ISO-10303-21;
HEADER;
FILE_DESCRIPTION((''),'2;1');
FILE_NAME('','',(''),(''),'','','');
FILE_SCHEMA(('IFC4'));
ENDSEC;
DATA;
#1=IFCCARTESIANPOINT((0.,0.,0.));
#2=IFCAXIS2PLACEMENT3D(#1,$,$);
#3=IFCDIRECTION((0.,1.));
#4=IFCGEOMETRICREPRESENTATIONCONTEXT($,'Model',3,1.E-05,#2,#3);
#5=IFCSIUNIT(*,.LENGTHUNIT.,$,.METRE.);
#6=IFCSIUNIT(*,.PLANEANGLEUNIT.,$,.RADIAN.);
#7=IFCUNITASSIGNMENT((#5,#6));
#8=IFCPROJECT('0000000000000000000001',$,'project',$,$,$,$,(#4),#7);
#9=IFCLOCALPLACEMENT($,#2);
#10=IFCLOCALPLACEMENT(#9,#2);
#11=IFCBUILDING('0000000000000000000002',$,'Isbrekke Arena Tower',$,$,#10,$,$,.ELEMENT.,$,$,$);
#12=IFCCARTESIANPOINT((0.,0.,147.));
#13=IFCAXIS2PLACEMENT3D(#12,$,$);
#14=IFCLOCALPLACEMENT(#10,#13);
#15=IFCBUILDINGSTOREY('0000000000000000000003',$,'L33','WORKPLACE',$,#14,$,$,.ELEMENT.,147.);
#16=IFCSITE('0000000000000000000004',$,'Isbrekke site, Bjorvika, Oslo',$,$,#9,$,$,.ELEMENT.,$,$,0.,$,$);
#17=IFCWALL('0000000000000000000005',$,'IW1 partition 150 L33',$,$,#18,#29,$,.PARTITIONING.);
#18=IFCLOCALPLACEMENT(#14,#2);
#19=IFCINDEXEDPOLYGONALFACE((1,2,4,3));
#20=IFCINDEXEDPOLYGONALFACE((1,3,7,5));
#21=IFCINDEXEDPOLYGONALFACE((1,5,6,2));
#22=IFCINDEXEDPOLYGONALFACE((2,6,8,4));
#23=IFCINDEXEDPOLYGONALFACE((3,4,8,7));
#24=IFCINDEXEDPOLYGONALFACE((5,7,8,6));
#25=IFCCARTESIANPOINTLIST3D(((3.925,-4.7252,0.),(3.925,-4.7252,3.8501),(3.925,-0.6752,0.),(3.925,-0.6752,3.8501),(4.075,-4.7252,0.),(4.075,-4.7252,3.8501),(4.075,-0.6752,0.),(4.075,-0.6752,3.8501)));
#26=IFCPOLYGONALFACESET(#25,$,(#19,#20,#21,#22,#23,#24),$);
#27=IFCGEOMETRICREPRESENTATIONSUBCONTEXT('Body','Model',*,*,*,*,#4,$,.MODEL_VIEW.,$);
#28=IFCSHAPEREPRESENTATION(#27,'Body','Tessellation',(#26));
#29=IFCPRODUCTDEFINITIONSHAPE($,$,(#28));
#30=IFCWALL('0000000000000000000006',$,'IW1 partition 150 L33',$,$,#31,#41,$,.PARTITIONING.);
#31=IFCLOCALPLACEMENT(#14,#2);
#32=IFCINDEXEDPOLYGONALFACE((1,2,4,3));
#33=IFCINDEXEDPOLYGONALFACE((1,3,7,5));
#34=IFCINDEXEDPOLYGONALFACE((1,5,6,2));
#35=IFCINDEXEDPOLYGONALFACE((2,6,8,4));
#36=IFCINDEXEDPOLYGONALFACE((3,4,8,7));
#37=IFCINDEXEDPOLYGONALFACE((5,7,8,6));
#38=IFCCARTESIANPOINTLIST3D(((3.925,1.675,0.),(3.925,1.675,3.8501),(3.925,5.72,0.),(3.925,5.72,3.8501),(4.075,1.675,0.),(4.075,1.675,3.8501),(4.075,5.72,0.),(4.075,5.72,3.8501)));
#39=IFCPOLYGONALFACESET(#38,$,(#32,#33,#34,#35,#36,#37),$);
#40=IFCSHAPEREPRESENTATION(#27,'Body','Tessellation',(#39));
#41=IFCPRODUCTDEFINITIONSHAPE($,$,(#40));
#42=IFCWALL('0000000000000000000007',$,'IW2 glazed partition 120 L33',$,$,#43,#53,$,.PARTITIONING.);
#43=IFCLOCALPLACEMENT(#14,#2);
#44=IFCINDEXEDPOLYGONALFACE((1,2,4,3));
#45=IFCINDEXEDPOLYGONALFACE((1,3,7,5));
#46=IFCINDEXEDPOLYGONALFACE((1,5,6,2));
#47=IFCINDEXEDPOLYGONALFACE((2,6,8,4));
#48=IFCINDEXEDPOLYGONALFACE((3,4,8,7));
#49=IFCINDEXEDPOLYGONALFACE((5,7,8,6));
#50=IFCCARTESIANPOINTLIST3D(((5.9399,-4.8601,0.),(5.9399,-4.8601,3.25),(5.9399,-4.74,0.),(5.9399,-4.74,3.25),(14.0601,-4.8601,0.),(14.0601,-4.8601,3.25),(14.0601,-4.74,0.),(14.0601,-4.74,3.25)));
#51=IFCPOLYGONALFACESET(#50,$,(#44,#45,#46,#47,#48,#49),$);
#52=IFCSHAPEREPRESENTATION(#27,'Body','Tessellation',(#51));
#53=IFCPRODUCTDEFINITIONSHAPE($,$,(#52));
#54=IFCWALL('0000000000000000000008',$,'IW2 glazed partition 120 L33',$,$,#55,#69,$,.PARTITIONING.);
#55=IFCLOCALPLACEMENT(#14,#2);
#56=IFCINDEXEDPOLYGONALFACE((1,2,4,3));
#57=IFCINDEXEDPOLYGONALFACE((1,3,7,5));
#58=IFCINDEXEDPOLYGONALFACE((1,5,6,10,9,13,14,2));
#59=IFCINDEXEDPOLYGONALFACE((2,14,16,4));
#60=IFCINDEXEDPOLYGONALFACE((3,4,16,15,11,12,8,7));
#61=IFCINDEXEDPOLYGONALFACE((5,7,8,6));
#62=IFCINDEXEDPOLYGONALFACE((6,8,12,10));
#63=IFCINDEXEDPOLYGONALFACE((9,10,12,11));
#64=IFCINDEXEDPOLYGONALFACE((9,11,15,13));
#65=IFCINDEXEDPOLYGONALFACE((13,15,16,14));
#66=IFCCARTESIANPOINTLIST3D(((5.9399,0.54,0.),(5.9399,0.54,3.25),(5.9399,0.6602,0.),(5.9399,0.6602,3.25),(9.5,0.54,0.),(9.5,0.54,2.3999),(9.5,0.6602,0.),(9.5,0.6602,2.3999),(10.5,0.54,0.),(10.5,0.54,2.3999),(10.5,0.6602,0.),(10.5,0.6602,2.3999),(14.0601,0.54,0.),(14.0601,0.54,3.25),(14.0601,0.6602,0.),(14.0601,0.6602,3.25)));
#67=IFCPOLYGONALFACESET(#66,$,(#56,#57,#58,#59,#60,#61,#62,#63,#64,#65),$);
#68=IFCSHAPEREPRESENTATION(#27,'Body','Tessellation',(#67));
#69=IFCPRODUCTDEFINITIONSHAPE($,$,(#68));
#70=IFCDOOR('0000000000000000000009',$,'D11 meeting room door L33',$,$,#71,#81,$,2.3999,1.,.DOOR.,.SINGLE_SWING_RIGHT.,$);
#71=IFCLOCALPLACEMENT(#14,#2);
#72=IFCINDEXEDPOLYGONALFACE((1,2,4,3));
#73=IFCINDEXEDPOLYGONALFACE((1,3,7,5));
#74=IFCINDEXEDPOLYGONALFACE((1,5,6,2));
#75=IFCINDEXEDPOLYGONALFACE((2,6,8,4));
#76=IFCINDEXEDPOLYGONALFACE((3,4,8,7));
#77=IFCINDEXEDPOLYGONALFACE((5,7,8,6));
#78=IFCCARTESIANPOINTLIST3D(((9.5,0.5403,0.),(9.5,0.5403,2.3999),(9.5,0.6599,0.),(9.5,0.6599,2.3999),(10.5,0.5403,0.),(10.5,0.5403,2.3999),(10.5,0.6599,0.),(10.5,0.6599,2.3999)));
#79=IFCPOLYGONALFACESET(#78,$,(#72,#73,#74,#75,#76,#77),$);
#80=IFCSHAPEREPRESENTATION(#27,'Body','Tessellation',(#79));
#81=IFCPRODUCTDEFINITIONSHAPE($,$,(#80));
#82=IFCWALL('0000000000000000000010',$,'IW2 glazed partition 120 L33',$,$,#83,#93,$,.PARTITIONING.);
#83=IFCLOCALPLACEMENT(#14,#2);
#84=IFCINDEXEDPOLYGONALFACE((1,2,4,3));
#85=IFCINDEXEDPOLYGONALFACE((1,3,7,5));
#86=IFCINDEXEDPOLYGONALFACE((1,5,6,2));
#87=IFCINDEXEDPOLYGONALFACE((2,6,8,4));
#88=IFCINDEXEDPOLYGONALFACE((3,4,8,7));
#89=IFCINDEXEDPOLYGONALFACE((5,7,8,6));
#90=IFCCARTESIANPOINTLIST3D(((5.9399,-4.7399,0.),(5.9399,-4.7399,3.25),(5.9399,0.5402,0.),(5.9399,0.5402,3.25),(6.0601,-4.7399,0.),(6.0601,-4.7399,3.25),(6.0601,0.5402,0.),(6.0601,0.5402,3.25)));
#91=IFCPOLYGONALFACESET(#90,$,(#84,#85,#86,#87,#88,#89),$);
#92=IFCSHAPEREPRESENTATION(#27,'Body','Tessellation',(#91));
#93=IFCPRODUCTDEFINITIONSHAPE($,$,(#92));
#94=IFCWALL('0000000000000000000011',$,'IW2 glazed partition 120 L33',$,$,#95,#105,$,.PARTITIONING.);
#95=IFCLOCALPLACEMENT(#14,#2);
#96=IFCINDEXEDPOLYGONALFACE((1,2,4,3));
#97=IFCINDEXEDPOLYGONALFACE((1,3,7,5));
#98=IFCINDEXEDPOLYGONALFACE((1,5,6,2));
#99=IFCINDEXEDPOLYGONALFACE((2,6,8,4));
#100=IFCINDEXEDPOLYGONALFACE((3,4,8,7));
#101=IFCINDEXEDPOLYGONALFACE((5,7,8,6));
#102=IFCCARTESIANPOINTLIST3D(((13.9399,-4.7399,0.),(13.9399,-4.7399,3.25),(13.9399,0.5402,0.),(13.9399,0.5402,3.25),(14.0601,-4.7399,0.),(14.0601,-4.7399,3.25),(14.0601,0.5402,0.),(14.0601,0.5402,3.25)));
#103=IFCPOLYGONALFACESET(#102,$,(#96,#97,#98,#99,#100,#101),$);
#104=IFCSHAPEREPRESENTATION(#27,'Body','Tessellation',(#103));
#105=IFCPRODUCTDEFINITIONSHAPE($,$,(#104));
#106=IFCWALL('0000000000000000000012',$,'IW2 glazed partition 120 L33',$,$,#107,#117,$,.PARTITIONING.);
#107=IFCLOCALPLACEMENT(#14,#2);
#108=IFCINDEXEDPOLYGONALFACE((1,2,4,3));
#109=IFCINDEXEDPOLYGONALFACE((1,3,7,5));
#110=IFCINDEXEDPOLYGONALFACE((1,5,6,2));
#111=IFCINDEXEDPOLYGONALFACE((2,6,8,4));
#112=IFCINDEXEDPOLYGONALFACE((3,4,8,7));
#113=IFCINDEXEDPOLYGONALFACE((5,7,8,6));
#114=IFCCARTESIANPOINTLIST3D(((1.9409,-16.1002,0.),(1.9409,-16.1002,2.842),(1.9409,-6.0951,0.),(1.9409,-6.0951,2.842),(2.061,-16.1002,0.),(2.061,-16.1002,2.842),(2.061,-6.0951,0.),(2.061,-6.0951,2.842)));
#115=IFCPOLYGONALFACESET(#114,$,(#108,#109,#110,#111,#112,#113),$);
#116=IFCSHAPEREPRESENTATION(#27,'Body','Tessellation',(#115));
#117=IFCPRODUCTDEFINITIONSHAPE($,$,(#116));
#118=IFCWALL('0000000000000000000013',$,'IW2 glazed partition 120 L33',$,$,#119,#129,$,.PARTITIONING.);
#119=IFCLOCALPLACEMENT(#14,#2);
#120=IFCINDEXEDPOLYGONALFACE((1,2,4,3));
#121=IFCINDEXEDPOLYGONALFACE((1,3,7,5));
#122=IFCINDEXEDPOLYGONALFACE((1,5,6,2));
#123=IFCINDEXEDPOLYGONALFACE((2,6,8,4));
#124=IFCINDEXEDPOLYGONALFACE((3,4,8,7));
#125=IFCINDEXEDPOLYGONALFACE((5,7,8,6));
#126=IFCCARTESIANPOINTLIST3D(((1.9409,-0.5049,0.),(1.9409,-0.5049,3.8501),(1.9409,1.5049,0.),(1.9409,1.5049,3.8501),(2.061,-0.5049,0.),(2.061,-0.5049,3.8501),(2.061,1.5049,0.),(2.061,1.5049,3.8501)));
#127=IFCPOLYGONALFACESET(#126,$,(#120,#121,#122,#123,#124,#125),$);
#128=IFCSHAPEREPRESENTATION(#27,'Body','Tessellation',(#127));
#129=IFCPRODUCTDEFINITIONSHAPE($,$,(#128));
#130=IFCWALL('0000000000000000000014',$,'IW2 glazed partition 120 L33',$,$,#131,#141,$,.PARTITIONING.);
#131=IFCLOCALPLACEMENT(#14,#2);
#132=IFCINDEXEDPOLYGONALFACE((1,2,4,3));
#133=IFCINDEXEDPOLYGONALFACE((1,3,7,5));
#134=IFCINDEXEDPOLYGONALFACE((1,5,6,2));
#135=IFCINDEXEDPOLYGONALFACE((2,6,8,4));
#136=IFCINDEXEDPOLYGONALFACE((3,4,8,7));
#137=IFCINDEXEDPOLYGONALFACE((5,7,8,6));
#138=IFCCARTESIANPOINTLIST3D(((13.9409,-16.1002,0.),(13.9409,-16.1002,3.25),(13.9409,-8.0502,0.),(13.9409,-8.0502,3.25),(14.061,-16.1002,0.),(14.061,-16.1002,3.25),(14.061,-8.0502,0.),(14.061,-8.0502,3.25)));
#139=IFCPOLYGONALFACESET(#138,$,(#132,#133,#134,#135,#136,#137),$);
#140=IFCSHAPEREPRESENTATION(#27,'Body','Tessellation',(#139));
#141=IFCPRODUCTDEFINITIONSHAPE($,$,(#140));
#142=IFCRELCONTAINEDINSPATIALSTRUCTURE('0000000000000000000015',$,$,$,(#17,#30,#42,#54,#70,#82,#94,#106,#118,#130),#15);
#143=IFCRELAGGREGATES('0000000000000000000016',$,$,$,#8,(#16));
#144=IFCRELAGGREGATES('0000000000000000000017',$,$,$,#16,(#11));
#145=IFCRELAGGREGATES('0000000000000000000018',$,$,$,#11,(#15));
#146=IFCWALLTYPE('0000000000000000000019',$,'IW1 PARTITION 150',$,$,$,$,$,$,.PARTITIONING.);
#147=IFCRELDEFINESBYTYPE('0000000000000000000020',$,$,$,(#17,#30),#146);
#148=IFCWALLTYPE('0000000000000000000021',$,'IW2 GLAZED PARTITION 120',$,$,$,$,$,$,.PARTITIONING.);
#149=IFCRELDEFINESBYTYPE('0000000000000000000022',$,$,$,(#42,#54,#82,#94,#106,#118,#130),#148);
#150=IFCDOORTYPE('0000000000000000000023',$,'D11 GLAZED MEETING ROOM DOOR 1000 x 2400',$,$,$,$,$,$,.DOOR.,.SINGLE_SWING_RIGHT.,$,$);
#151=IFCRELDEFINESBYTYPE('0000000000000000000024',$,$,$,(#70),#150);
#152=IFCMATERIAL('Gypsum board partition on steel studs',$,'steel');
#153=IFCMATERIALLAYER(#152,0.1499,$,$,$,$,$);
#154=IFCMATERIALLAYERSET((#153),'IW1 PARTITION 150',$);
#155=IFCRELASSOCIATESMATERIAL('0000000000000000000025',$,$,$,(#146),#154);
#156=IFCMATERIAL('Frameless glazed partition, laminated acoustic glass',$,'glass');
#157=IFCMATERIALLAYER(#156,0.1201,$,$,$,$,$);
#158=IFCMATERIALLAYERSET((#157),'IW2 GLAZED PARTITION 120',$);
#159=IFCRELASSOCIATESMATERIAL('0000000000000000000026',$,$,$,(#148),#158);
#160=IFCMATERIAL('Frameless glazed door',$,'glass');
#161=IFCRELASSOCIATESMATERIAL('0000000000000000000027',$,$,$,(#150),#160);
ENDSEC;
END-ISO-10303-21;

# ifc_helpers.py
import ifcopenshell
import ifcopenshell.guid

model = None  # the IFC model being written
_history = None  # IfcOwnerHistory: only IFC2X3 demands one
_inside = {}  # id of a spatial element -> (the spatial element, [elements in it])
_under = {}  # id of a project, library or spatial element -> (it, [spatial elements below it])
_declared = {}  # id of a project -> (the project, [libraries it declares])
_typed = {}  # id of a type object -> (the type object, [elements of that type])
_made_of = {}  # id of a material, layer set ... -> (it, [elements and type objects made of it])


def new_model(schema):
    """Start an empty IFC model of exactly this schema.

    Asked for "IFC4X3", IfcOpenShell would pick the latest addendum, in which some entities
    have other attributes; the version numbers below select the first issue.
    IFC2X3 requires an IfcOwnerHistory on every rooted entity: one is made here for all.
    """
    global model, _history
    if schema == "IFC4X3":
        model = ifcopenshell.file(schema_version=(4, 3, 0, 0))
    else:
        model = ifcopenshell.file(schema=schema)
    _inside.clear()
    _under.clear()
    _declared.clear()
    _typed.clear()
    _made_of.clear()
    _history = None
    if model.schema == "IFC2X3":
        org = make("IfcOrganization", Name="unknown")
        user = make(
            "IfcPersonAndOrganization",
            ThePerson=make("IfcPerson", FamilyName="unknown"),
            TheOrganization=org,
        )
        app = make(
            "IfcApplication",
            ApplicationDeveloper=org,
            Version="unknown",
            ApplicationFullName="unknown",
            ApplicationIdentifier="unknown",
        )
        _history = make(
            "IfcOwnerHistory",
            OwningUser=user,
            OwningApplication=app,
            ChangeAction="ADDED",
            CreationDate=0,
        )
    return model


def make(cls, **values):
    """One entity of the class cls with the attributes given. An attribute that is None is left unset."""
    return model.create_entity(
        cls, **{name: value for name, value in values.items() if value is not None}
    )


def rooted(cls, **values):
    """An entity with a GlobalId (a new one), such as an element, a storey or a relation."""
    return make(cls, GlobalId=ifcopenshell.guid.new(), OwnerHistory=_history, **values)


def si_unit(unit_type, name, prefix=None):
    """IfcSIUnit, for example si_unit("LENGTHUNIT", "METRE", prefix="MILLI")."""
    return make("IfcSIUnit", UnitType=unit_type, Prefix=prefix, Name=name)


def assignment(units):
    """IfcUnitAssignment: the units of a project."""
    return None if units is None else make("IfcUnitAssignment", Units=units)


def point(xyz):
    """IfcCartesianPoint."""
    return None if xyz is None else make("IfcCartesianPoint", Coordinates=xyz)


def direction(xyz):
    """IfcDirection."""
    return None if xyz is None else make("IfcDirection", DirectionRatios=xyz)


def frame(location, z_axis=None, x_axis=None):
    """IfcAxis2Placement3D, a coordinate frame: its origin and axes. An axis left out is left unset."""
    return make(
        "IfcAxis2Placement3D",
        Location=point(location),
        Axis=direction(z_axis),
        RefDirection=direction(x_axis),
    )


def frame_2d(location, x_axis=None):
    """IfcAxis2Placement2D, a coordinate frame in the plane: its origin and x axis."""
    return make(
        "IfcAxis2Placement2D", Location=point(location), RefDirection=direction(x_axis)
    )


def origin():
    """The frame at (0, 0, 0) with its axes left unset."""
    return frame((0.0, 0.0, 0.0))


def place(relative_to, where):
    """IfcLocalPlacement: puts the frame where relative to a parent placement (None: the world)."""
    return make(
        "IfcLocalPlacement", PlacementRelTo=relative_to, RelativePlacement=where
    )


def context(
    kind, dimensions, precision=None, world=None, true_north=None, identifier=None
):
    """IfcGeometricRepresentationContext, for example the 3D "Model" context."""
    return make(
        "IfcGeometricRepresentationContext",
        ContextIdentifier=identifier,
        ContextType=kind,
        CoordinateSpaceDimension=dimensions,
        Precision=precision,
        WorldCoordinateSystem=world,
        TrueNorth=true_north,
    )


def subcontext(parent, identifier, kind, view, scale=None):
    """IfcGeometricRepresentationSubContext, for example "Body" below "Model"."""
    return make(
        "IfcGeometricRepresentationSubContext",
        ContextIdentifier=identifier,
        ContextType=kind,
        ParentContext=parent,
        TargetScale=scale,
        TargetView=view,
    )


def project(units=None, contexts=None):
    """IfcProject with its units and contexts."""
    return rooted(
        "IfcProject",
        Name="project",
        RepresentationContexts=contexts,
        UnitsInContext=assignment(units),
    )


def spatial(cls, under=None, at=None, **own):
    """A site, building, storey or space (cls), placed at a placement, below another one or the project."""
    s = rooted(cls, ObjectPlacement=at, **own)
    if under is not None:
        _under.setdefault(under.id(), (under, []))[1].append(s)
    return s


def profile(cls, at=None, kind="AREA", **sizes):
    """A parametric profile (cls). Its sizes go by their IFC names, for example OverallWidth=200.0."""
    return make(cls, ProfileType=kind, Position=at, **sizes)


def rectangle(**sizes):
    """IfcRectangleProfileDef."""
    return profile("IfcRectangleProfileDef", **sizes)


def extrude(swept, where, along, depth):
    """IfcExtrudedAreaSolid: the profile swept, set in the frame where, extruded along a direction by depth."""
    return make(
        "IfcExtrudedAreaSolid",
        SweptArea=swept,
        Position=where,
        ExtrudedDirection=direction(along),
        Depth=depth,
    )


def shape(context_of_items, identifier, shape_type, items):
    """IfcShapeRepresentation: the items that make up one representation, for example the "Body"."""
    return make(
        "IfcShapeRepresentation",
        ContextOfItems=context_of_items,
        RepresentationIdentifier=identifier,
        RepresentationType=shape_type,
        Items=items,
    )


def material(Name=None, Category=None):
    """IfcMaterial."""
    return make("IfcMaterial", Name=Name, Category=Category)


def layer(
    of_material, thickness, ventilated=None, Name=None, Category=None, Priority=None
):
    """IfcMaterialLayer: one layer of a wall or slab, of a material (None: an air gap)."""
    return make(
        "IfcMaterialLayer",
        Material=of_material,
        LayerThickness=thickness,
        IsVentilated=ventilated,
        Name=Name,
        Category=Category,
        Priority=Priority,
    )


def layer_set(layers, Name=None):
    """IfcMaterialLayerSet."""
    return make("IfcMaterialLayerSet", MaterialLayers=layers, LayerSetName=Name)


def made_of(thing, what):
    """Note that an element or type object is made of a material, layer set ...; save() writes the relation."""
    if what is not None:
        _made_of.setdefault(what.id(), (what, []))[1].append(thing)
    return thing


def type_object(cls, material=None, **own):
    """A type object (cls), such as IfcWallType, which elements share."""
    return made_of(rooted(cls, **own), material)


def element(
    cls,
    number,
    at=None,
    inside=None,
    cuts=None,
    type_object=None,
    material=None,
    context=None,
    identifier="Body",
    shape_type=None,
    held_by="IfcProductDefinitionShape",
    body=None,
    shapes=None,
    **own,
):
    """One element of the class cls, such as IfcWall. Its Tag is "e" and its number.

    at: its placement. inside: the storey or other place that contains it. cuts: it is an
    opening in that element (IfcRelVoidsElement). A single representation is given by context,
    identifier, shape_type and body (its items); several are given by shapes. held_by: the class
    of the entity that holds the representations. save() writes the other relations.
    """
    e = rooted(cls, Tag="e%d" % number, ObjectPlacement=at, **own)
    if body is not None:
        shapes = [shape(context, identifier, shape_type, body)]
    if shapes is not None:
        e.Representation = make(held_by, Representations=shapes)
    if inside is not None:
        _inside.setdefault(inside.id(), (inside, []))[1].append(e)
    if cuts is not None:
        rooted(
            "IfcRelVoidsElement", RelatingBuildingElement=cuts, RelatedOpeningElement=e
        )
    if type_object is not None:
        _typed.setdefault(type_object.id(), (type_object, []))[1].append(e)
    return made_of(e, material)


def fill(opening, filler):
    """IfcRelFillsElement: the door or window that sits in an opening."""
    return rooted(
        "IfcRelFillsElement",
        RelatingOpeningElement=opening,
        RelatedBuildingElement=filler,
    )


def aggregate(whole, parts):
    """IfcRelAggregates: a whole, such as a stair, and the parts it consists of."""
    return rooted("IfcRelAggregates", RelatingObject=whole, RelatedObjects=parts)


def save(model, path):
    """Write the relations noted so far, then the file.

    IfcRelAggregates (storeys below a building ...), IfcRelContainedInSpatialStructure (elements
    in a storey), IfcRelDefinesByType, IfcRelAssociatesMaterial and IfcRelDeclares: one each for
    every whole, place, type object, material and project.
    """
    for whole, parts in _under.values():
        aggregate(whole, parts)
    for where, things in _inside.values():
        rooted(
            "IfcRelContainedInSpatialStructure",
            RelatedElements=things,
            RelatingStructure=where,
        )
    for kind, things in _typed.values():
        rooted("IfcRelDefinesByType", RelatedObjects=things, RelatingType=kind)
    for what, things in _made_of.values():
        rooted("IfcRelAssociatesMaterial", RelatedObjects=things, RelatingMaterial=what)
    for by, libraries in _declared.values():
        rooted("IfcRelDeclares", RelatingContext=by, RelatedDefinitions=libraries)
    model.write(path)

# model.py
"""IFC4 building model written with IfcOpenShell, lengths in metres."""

from ifc_helpers import new_model, si_unit, direction, frame, frame_2d, origin, place, context, subcontext, project, spatial, rectangle, extrude, material, layer, layer_set, type_object, element, fill, save


model = new_model("IFC4")

# Units and contexts
model_context = context("Model", 3, precision=1e-05, world=origin(), true_north=direction((0.0, 1.0)))
body_context = subcontext(model_context, "Body", "Model", "MODEL_VIEW")
ifc_project = project(units=[si_unit("LENGTHUNIT", "METRE"), si_unit("PLANEANGLEUNIT", "RADIAN")], contexts=[model_context])

# Site, building, storey
site_placement = place(None, origin())
site = spatial("IfcSite", under=ifc_project, at=site_placement, Name="Isbrekke site, Bjorvika, Oslo", CompositionType="ELEMENT", RefElevation=0.0)
building_placement = place(site_placement, origin())
building = spatial("IfcBuilding", under=site, at=building_placement, Name="Isbrekke Arena Tower", CompositionType="ELEMENT")
storey_placement = place(building_placement, frame((0.0, 0.0, 147.0)))
storey = spatial("IfcBuildingStorey", under=building, at=storey_placement, Name="L33", Description="WORKPLACE", CompositionType="ELEMENT", Elevation=147.0)

# Walls
ifc_material_1 = material(Name="Gypsum board partition on steel studs", Category="steel")
ifc_layer_1 = layer(ifc_material_1, 0.1499)
ifc_layer_set_1 = layer_set([ifc_layer_1], Name="IW1 PARTITION 150")
wall_type_1 = type_object("IfcWallType", Name="IW1 PARTITION 150", PredefinedType="PARTITIONING", material=ifc_layer_set_1)
wall_1_placement = place(storey_placement, frame((4.0, -4.7251, 0.0), z_axis=(0.0, 0.0, 1.0), x_axis=(0.0, 1.0, 0.0)))
element("IfcWall", 1, at=wall_1_placement, inside=storey, type_object=wall_type_1, Name="IW1 partition 150 L33", PredefinedType="PARTITIONING", context=body_context, shape_type="SweptSolid", body=[
    extrude(rectangle(XDim=4.05, YDim=0.1499, at=frame_2d((2.0249, 0.0))), origin(), (0.0, 0.0, 1.0), 3.8501),
])
wall_2_placement = place(storey_placement, frame((4.0, 1.675, 0.0), z_axis=(0.0, 0.0, 1.0), x_axis=(0.0, 1.0, 0.0)))
element("IfcWall", 2, at=wall_2_placement, inside=storey, type_object=wall_type_1, Name="IW1 partition 150 L33", PredefinedType="PARTITIONING", context=body_context, shape_type="SweptSolid", body=[
    extrude(rectangle(XDim=4.0449, YDim=0.1499, at=frame_2d((2.0225, 0.0))), origin(), (0.0, 0.0, 1.0), 3.8501),
])
ifc_material_2 = material(Name="Frameless glazed partition, laminated acoustic glass", Category="glass")
ifc_layer_2 = layer(ifc_material_2, 0.1201)
ifc_layer_set_2 = layer_set([ifc_layer_2], Name="IW2 GLAZED PARTITION 120")
wall_type_2 = type_object("IfcWallType", Name="IW2 GLAZED PARTITION 120", PredefinedType="PARTITIONING", material=ifc_layer_set_2)
wall_3_placement = place(storey_placement, frame((5.9399, -4.8, 0.0), z_axis=(0.0, 0.0, 1.0), x_axis=(1.0, 0.0, 0.0)))
element("IfcWall", 3, at=wall_3_placement, inside=storey, type_object=wall_type_2, Name="IW2 glazed partition 120 L33", PredefinedType="PARTITIONING", context=body_context, shape_type="SweptSolid", body=[
    extrude(rectangle(XDim=8.1201, YDim=0.1201, at=frame_2d((4.0601, 0.0))), origin(), (0.0, 0.0, 1.0), 3.25),
])

# Wall, opening, door
wall_4_placement = place(storey_placement, frame((5.9399, 0.6001, 0.0), z_axis=(0.0, 0.0, 1.0), x_axis=(1.0, 0.0, 0.0)))
wall_4 = element("IfcWall", 4, at=wall_4_placement, inside=storey, type_object=wall_type_2, Name="IW2 glazed partition 120 L33", PredefinedType="PARTITIONING", context=body_context, shape_type="SweptSolid", body=[
    extrude(rectangle(XDim=8.1201, YDim=0.1201, at=frame_2d((4.0601, 0.0))), origin(), (0.0, 0.0, 1.0), 3.25),
])
opening_placement = place(wall_4_placement, frame((3.5601, 0.0, 0.0)))
opening = element("IfcOpeningElement", 5, at=opening_placement, cuts=wall_4, PredefinedType="OPENING", context=body_context, shape_type="SweptSolid", body=[
    extrude(rectangle(XDim=1.0, YDim=2.3999, at=frame_2d((0.5, 1.2))), frame((0.0, 0.075, 0.0), z_axis=(0.0, -1.0, 0.0), x_axis=(1.0, 0.0, 0.0)), (0.0, 0.0, 1.0), 0.1499),
])
ifc_material_3 = material(Name="Frameless glazed door", Category="glass")
door_type = type_object("IfcDoorType", Name="D11 GLAZED MEETING ROOM DOOR 1000 x 2400", OperationType="SINGLE_SWING_RIGHT", PredefinedType="DOOR", material=ifc_material_3)
door_placement = place(opening_placement, origin())
door = element("IfcDoor", 6, at=door_placement, inside=storey, type_object=door_type, Name="D11 meeting room door L33", OperationType="SINGLE_SWING_RIGHT", OverallHeight=2.3999, OverallWidth=1.0, PredefinedType="DOOR", context=body_context, shape_type="SweptSolid", body=[
    extrude(rectangle(XDim=1.0, YDim=2.3999, at=frame_2d((0.5, 1.2))), frame((0.0, 0.0598, 0.0), z_axis=(0.0, -1.0, 0.0), x_axis=(1.0, 0.0, 0.0)), (0.0, 0.0, 1.0), 0.1196),
])
fill(opening, door)

# Walls
for number, where, z_axis, x_axis, name in (
    (7, (6.0, -4.74, 0.0), (0.0, 0.0, 1.0), (0.0, 1.0, 0.0), "IW2 glazed partition 120 L33"),
    (8, (14.0, -4.74, 0.0), (0.0, 0.0, 1.0), (0.0, 1.0, 0.0), "IW2 glazed partition 120 L33"),
):
    element("IfcWall", number, at=place(storey_placement, frame(where, z_axis=z_axis, x_axis=x_axis)), inside=storey, type_object=wall_type_2, Name=name, PredefinedType="PARTITIONING", context=body_context, shape_type="SweptSolid", body=[
        extrude(rectangle(XDim=5.28, YDim=0.1201, at=frame_2d((2.6401, 0.0))), origin(), (0.0, 0.0, 1.0), 3.25),
    ])
wall_5_placement = place(storey_placement, frame((2.001, -16.1001, 0.0), z_axis=(0.0, 0.0, 1.0), x_axis=(0.0, 1.0, 0.0)))
element("IfcWall", 9, at=wall_5_placement, inside=storey, type_object=wall_type_2, Name="IW2 glazed partition 120 L33", PredefinedType="PARTITIONING", context=body_context, shape_type="SweptSolid", body=[
    extrude(rectangle(XDim=10.0051, YDim=0.1201, at=frame_2d((5.0024, 0.0))), origin(), (0.0, 0.0, 1.0), 2.842),
])
wall_6_placement = place(storey_placement, frame((2.001, -0.5049, 0.0), z_axis=(0.0, 0.0, 1.0), x_axis=(0.0, 1.0, 0.0)))
element("IfcWall", 10, at=wall_6_placement, inside=storey, type_object=wall_type_2, Name="IW2 glazed partition 120 L33", PredefinedType="PARTITIONING", context=body_context, shape_type="SweptSolid", body=[
    extrude(rectangle(XDim=2.0098, YDim=0.1201, at=frame_2d((1.0049, 0.0))), origin(), (0.0, 0.0, 1.0), 3.8501),
])
wall_7_placement = place(storey_placement, frame((14.001, -16.1001, 0.0), z_axis=(0.0, 0.0, 1.0), x_axis=(0.0, 1.0, 0.0)))
element("IfcWall", 11, at=wall_7_placement, inside=storey, type_object=wall_type_2, Name="IW2 glazed partition 120 L33", PredefinedType="PARTITIONING", context=body_context, shape_type="SweptSolid", body=[
    extrude(rectangle(XDim=8.05, YDim=0.1201, at=frame_2d((4.0249, 0.0))), origin(), (0.0, 0.0, 1.0), 3.25),
])

save(model, "model.ifc")
